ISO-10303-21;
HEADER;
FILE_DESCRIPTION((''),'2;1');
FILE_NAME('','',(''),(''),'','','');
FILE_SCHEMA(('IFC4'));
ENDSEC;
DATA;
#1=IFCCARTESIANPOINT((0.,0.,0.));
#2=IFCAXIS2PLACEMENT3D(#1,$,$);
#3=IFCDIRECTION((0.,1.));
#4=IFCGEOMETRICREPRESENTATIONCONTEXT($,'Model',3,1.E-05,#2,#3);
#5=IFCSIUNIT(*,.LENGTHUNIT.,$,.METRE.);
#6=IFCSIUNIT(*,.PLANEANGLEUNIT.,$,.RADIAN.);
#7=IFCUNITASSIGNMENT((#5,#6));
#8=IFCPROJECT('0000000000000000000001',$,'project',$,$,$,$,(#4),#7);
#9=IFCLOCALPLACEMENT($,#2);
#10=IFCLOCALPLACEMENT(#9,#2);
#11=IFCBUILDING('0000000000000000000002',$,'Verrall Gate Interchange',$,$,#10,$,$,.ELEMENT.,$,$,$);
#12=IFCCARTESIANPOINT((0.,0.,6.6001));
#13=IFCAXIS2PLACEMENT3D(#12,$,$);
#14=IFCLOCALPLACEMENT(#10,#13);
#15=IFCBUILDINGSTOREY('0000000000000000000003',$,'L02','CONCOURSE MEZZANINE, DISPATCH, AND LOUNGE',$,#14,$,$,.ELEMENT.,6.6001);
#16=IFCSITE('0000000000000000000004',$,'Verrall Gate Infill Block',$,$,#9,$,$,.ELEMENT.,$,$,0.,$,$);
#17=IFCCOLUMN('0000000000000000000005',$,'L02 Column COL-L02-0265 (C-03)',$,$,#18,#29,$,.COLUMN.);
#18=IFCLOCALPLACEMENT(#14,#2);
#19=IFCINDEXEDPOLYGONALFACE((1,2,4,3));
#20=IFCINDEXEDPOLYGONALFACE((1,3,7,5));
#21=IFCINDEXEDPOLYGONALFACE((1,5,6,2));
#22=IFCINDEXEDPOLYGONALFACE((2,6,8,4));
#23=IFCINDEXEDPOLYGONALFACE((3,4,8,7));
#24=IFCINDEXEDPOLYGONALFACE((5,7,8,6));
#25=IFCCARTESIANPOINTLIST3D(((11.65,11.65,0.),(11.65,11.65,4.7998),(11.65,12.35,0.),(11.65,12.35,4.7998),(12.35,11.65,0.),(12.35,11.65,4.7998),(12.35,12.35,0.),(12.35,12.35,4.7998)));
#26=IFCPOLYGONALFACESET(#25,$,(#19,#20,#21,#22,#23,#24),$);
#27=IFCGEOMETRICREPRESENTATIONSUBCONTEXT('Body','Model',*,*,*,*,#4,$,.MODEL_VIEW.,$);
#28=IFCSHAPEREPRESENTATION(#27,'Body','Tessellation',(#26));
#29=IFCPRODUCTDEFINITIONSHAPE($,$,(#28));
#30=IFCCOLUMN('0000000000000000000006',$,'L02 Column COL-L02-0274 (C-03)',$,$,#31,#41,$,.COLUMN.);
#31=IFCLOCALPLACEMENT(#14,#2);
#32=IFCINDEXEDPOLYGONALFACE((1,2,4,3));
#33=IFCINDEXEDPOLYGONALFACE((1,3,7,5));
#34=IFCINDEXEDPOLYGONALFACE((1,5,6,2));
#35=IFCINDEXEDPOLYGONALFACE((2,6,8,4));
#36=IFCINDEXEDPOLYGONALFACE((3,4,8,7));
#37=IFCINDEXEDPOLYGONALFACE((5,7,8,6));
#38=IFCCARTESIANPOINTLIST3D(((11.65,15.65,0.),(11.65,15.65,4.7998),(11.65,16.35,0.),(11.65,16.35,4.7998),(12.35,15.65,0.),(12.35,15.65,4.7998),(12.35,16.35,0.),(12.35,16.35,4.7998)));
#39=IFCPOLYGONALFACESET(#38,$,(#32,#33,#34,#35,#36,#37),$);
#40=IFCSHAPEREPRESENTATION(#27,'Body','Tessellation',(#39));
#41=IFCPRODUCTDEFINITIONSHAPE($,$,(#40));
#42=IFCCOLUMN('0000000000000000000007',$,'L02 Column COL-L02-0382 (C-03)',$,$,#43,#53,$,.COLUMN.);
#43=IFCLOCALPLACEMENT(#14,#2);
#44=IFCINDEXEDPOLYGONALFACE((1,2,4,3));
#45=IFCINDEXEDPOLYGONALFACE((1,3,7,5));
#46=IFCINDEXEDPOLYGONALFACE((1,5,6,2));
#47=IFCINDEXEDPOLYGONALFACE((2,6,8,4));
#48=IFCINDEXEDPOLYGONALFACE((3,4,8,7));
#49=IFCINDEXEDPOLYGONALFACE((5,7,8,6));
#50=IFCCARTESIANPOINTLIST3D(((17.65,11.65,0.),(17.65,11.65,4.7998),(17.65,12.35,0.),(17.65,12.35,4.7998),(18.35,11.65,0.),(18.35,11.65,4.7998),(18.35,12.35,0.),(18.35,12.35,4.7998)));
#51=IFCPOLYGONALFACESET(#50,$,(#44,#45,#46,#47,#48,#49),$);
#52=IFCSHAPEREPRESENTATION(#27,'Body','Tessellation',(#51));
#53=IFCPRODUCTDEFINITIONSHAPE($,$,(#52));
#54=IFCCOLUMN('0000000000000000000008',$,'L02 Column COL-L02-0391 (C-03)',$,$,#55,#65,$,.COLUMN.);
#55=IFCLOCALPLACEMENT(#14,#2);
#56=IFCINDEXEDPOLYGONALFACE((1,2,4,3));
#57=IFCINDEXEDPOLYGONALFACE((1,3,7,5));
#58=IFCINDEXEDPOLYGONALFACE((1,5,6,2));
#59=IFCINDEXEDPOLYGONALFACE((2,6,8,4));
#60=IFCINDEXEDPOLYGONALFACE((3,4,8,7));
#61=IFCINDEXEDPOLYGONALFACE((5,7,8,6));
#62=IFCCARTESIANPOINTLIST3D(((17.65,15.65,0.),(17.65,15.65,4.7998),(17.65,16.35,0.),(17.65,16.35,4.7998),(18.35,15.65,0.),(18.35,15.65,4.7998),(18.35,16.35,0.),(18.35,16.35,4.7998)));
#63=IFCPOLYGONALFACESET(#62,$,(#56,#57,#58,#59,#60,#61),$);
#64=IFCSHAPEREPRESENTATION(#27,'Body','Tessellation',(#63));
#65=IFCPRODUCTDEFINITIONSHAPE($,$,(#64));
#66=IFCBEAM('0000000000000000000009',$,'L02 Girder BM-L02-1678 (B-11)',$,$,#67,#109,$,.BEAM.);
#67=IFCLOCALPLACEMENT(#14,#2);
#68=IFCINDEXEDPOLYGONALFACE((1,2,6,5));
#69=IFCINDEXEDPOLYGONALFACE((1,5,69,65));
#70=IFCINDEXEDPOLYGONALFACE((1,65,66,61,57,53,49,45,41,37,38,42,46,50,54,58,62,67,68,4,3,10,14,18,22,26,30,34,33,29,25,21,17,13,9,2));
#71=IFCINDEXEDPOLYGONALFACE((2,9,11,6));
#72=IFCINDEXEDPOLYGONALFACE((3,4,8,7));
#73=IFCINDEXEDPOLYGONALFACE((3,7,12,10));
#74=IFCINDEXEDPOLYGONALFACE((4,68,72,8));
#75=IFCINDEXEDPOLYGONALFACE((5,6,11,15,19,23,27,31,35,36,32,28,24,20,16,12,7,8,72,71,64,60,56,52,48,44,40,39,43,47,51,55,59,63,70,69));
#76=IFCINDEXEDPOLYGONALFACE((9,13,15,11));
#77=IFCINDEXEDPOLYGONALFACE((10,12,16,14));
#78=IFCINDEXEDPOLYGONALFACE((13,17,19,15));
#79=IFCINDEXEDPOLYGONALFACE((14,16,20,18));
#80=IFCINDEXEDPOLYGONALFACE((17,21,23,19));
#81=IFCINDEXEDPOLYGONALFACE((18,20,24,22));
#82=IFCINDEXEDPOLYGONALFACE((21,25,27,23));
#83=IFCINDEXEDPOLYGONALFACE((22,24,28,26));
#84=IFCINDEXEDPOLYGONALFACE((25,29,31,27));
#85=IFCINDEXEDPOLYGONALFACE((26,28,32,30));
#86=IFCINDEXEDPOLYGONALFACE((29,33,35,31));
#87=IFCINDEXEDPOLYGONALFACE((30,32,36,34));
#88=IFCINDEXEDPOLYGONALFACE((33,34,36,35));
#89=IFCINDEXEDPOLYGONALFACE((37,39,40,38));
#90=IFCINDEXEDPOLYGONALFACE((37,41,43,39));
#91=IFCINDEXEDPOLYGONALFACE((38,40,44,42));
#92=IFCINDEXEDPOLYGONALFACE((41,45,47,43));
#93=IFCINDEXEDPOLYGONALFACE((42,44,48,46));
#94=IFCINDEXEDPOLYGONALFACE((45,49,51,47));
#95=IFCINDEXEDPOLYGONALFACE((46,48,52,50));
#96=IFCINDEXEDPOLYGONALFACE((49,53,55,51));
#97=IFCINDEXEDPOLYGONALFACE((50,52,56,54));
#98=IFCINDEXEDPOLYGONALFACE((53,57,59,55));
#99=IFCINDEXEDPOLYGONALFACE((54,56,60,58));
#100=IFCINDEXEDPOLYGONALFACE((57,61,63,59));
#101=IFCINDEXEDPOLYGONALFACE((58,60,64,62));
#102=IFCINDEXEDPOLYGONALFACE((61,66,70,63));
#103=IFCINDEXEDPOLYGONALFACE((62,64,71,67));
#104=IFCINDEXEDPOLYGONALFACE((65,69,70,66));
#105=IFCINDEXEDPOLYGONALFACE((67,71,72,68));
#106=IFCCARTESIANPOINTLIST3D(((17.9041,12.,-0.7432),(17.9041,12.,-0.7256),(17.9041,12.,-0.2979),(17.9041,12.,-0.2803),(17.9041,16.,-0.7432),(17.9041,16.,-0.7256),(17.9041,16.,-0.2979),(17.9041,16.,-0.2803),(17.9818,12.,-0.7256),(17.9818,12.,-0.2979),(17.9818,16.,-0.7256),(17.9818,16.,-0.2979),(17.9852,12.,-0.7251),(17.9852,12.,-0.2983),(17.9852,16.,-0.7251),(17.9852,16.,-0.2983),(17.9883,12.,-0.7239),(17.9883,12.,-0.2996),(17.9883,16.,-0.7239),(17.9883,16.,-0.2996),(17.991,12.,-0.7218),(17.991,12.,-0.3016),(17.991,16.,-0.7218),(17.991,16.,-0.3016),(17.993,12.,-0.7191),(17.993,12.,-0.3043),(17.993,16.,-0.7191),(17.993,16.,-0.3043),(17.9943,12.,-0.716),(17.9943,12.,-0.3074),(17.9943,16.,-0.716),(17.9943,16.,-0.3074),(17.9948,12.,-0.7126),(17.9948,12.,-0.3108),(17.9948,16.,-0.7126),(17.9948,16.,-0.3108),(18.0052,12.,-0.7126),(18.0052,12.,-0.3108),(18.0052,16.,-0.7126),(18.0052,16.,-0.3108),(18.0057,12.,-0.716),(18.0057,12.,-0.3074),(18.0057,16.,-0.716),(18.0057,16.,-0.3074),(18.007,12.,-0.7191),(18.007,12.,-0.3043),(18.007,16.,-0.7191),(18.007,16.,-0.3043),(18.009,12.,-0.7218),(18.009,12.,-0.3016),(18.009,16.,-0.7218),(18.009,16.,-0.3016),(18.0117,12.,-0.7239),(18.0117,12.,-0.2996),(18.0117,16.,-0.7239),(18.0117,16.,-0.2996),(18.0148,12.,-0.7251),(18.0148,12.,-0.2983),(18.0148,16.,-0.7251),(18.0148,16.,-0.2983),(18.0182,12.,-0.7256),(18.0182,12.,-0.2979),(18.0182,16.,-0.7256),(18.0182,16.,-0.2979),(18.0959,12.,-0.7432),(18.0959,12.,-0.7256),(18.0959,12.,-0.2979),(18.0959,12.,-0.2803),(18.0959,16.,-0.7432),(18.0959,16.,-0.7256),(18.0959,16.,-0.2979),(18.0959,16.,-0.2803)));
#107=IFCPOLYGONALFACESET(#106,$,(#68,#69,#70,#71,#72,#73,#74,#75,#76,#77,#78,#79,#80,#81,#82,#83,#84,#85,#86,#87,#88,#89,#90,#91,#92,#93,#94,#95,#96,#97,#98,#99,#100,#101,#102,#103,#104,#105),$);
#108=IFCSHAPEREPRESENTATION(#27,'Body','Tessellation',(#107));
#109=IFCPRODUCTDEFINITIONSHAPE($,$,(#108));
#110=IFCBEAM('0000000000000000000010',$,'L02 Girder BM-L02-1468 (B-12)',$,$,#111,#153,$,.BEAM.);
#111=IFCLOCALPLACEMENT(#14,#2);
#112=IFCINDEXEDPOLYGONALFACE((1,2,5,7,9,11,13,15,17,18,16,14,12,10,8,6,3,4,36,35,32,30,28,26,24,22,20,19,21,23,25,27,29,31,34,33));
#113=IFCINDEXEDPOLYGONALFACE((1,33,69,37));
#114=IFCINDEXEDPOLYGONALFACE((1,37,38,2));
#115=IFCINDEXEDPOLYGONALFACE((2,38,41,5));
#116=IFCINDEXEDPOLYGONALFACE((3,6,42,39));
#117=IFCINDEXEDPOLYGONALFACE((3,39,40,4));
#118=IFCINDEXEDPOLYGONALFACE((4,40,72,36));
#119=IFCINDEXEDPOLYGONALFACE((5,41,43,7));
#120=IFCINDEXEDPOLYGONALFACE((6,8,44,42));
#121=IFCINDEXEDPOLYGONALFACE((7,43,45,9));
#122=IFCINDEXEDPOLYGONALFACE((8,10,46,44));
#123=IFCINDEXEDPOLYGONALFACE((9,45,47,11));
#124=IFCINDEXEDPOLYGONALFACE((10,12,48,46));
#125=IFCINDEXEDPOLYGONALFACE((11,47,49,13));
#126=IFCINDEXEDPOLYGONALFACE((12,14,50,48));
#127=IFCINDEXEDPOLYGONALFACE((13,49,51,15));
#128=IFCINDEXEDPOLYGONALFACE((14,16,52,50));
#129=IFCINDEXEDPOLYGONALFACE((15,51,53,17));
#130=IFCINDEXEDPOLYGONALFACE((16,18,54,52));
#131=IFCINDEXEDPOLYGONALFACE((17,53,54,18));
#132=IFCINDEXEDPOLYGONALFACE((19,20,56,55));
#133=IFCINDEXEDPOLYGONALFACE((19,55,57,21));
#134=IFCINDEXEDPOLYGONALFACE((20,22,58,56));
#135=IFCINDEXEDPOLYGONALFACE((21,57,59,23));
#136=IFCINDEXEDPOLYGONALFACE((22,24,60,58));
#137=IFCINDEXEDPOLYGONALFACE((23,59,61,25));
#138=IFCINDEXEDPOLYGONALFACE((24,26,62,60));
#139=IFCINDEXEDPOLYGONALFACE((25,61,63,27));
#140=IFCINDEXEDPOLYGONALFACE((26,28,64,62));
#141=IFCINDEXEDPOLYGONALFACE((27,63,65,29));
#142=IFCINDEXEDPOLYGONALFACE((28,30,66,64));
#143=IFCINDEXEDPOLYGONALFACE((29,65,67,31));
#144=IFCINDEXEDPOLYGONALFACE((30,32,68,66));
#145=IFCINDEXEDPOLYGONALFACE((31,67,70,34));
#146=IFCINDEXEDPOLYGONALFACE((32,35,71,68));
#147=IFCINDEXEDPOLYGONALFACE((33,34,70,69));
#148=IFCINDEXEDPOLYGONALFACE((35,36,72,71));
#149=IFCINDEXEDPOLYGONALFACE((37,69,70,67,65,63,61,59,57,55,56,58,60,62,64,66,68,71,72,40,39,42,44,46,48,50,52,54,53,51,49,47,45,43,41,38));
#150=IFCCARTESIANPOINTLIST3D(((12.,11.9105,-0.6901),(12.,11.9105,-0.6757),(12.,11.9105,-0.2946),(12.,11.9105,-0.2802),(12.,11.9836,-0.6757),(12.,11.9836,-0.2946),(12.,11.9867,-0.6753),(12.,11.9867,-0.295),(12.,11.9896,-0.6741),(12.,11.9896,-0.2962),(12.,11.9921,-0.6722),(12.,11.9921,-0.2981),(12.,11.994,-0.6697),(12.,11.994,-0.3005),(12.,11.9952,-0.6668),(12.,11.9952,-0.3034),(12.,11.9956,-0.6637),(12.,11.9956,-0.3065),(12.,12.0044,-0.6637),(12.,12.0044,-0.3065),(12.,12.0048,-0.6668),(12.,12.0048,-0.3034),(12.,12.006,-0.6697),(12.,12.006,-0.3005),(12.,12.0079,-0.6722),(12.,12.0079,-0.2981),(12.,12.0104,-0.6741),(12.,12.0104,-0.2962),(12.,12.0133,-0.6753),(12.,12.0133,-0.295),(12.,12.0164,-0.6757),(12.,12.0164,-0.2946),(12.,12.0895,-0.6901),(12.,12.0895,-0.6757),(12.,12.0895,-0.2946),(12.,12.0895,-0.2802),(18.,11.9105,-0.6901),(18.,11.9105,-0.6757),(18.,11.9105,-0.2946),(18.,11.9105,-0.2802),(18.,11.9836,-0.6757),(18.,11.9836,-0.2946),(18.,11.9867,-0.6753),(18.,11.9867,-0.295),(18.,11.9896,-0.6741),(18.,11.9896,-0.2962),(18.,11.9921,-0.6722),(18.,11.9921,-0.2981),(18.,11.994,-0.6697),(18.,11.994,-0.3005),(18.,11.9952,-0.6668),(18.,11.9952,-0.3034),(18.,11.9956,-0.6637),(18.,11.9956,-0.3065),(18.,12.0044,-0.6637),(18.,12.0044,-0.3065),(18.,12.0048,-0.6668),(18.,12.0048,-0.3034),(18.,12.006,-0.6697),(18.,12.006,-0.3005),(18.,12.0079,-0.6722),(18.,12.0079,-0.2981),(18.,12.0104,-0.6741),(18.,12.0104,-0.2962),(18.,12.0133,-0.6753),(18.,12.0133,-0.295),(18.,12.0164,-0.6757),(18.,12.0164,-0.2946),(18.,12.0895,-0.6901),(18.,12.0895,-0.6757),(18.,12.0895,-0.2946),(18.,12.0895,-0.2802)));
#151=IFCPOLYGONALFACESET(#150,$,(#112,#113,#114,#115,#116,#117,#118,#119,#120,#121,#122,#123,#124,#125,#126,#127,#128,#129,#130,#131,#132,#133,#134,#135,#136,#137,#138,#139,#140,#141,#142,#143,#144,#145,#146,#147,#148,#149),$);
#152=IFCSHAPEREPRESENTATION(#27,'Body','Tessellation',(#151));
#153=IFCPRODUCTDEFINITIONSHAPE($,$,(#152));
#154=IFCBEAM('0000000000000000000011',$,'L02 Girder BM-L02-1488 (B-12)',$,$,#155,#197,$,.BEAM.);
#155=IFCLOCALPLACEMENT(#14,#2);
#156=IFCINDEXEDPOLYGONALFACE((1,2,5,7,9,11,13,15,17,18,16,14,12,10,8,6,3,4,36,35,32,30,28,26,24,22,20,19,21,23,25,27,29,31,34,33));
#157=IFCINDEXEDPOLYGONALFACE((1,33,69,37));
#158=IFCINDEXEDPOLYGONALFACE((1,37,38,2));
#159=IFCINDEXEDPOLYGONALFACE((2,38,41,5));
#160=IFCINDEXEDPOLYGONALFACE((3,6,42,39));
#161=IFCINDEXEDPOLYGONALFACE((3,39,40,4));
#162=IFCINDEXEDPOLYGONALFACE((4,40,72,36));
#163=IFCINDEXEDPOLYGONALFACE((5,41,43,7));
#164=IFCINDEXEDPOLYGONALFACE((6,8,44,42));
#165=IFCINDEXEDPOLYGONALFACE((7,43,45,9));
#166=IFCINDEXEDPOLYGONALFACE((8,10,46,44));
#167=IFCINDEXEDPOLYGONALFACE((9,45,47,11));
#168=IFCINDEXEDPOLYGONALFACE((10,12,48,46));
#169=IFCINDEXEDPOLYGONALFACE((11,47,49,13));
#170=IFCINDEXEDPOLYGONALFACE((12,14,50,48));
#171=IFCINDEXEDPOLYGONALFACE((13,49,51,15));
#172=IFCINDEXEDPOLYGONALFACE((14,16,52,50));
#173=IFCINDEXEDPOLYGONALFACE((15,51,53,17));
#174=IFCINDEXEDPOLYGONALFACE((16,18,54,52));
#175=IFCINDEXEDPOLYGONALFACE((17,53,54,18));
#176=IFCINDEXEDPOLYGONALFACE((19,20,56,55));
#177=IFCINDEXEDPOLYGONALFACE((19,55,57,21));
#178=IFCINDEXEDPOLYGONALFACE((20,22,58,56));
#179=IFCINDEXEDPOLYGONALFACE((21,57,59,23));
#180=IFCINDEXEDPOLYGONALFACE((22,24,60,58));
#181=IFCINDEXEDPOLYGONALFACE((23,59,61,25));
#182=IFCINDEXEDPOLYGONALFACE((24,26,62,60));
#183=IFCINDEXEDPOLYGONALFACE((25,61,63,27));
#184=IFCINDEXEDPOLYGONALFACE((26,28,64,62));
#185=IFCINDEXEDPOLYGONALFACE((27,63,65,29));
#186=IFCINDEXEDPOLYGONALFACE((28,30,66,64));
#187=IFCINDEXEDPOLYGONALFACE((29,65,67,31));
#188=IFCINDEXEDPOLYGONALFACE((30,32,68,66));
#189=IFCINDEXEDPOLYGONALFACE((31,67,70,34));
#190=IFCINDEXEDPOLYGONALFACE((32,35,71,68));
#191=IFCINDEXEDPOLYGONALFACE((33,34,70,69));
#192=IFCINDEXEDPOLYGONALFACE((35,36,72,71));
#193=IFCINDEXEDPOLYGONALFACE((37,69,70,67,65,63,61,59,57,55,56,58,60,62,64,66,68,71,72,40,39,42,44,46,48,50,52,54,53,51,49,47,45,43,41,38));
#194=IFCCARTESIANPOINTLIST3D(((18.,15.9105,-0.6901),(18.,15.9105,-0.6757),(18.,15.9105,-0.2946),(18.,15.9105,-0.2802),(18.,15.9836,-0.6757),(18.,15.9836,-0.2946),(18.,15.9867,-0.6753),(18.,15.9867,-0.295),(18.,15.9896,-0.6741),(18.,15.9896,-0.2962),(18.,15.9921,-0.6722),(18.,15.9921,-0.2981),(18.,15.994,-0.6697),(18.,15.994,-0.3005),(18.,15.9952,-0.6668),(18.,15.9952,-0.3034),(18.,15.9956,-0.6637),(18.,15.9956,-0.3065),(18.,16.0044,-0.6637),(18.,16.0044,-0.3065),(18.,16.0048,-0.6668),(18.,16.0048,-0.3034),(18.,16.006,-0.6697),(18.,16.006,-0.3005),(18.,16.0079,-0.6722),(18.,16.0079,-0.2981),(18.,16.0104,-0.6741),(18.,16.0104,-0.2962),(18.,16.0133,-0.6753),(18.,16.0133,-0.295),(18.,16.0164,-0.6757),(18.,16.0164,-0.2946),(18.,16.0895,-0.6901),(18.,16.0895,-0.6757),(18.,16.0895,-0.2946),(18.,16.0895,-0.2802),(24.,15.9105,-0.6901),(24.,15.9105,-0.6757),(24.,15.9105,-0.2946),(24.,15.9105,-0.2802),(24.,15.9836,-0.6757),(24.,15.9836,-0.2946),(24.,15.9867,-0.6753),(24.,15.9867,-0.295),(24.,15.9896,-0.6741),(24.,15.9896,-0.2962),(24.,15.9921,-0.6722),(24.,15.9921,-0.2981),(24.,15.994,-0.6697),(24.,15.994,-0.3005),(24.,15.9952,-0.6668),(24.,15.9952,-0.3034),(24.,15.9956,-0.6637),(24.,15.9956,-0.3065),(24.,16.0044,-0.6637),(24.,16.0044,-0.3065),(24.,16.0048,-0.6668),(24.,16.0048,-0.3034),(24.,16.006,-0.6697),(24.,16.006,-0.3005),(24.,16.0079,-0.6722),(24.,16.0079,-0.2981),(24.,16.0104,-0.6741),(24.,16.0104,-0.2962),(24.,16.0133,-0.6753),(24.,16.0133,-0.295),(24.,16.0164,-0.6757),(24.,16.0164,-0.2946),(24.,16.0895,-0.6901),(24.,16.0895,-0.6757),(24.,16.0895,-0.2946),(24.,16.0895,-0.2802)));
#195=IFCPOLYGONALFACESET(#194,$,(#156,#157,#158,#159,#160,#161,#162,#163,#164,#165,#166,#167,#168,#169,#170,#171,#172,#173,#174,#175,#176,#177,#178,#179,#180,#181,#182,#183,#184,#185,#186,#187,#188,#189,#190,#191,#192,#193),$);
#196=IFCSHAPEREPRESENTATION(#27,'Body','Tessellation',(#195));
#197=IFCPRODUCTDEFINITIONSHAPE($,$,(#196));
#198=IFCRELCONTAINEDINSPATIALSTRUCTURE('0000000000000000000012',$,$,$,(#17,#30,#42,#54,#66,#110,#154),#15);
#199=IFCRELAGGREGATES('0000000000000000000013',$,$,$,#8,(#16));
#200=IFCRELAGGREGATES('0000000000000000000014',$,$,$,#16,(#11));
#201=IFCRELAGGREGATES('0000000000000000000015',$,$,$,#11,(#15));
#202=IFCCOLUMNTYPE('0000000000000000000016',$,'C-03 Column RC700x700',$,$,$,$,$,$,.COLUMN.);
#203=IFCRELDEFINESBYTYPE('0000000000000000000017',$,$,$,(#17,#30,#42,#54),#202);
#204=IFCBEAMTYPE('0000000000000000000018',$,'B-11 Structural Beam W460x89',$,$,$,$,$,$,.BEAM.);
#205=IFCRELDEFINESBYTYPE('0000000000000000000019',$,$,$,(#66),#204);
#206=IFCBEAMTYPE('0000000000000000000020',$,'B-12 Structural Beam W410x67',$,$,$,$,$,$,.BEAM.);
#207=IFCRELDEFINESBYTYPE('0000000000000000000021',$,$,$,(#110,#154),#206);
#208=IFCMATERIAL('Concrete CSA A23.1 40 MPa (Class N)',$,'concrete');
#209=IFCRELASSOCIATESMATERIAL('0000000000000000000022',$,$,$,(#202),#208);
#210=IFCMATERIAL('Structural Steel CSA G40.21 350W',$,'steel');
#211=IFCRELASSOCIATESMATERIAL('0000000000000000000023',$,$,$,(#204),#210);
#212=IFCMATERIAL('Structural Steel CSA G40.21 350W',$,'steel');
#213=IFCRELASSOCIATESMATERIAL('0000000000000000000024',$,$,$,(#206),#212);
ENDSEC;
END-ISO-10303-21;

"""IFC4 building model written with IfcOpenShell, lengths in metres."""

from ifc_helpers import new_model, si_unit, direction, frame, origin, origin_2d, place, context, subcontext, project, spatial, rectangle, i_section, extrude, material, material_profile, profile_set, type_object, element, save


model = new_model("IFC4")

# Units and contexts
model_context = context("Model", 3, precision=1e-05, world=origin(), true_north=direction((0.0, 1.0)))
body_context = subcontext(model_context, "Body", "Model", "MODEL_VIEW")
ifc_project = project(units=[si_unit("LENGTHUNIT", "METRE"), si_unit("PLANEANGLEUNIT", "RADIAN")], contexts=[model_context])

# Site, building, storey
site_placement = place(None, origin())
site = spatial("IfcSite", under=ifc_project, at=site_placement, Name="Verrall Gate Infill Block", CompositionType="ELEMENT", RefElevation=0.0)
building_placement = place(site_placement, origin())
building = spatial("IfcBuilding", under=site, at=building_placement, Name="Verrall Gate Interchange", CompositionType="ELEMENT")
storey_placement = place(building_placement, frame((0.0, 0.0, 6.6001)))
storey = spatial("IfcBuildingStorey", under=building, at=storey_placement, Name="L02", Description="CONCOURSE MEZZANINE, DISPATCH, AND LOUNGE", CompositionType="ELEMENT", Elevation=6.6001)

# Columns
ifc_material_1 = material(Name="Concrete CSA A23.1 40 MPa (Class N)", Category="concrete")
ifc_material_profile_1 = material_profile(ifc_material_1, rectangle(XDim=0.7, YDim=0.7, at=origin_2d()), Name="RC700x700")
ifc_profile_set_1 = profile_set([ifc_material_profile_1], Name="Concrete CSA A23.1 40 MPa (Class N)")
column_type = type_object("IfcColumnType", Name="C-03 Column RC700x700", PredefinedType="COLUMN", material=ifc_profile_set_1)
for number, where, z_axis, x_axis, name in (
    (1, (12.0, 12.0, 0.0), (0.0, 0.0, 1.0), (1.0, 0.0, 0.0), "L02 Column COL-L02-0265 (C-03)"),
    (2, (12.0, 16.0, 0.0), (0.0, 0.0, 1.0), (1.0, 0.0, 0.0), "L02 Column COL-L02-0274 (C-03)"),
    (3, (18.0, 12.0, 0.0), (0.0, 0.0, 1.0), (1.0, 0.0, 0.0), "L02 Column COL-L02-0382 (C-03)"),
    (4, (18.0, 16.0, 0.0), (0.0, 0.0, 1.0), (1.0, 0.0, 0.0), "L02 Column COL-L02-0391 (C-03)"),
):
    element("IfcColumn", number, at=place(storey_placement, frame(where, z_axis=z_axis, x_axis=x_axis)), inside=storey, type_object=column_type, Name=name, PredefinedType="COLUMN", context=body_context, shape_type="SweptSolid", body=[
        extrude(rectangle(XDim=0.7, YDim=0.7, at=origin_2d()), origin(), (0.0, 0.0, 1.0), 4.7998),
    ])

# Beams
ifc_material_2 = material(Name="Structural Steel CSA G40.21 350W", Category="steel")
ifc_material_profile_2 = material_profile(ifc_material_2, i_section(OverallWidth=0.1919, OverallDepth=0.4629, WebThickness=0.0105, FlangeThickness=0.0176, FilletRadius=0.0129, at=origin_2d()), Name="W460x89")
ifc_profile_set_2 = profile_set([ifc_material_profile_2], Name="Structural Steel CSA G40.21 350W")
beam_type_1 = type_object("IfcBeamType", Name="B-11 Structural Beam W460x89", PredefinedType="BEAM", material=ifc_profile_set_2)
beam_1_placement = place(storey_placement, frame((18.0, 12.0, -0.5117), z_axis=(0.0, 1.0, 0.0), x_axis=(-1.0, 0.0, 0.0)))
element("IfcBeam", 5, at=beam_1_placement, inside=storey, type_object=beam_type_1, Name="L02 Girder BM-L02-1678 (B-11)", PredefinedType="BEAM", context=body_context, shape_type="SweptSolid", body=[
    extrude(i_section(OverallWidth=0.1919, OverallDepth=0.4629, WebThickness=0.0105, FlangeThickness=0.0176, FilletRadius=0.0129, at=origin_2d()), origin(), (0.0, 0.0, 1.0), 4.0),
])
ifc_material_3 = material(Name="Structural Steel CSA G40.21 350W", Category="steel")
ifc_material_profile_3 = material_profile(ifc_material_3, i_section(OverallWidth=0.179, OverallDepth=0.4099, WebThickness=0.0088, FlangeThickness=0.0144, FilletRadius=0.012, at=origin_2d()), Name="W410x67")
ifc_profile_set_3 = profile_set([ifc_material_profile_3], Name="Structural Steel CSA G40.21 350W")
beam_type_2 = type_object("IfcBeamType", Name="B-12 Structural Beam W410x67", PredefinedType="BEAM", material=ifc_profile_set_3)
for number, where, z_axis, x_axis, name in (
    (6, (12.0, 12.0, -0.4851), (1.0, 0.0, 0.0), (0.0, 1.0, 0.0), "L02 Girder BM-L02-1468 (B-12)"),
    (7, (18.0, 16.0, -0.4851), (1.0, 0.0, 0.0), (0.0, 1.0, 0.0), "L02 Girder BM-L02-1488 (B-12)"),
):
    element("IfcBeam", number, at=place(storey_placement, frame(where, z_axis=z_axis, x_axis=x_axis)), inside=storey, type_object=beam_type_2, Name=name, PredefinedType="BEAM", context=body_context, shape_type="SweptSolid", body=[
        extrude(i_section(OverallWidth=0.179, OverallDepth=0.4099, WebThickness=0.0088, FlangeThickness=0.0144, FilletRadius=0.012, at=origin_2d()), origin(), (0.0, 0.0, 1.0), 6.0),
    ])

save(model, "model.ifc")
